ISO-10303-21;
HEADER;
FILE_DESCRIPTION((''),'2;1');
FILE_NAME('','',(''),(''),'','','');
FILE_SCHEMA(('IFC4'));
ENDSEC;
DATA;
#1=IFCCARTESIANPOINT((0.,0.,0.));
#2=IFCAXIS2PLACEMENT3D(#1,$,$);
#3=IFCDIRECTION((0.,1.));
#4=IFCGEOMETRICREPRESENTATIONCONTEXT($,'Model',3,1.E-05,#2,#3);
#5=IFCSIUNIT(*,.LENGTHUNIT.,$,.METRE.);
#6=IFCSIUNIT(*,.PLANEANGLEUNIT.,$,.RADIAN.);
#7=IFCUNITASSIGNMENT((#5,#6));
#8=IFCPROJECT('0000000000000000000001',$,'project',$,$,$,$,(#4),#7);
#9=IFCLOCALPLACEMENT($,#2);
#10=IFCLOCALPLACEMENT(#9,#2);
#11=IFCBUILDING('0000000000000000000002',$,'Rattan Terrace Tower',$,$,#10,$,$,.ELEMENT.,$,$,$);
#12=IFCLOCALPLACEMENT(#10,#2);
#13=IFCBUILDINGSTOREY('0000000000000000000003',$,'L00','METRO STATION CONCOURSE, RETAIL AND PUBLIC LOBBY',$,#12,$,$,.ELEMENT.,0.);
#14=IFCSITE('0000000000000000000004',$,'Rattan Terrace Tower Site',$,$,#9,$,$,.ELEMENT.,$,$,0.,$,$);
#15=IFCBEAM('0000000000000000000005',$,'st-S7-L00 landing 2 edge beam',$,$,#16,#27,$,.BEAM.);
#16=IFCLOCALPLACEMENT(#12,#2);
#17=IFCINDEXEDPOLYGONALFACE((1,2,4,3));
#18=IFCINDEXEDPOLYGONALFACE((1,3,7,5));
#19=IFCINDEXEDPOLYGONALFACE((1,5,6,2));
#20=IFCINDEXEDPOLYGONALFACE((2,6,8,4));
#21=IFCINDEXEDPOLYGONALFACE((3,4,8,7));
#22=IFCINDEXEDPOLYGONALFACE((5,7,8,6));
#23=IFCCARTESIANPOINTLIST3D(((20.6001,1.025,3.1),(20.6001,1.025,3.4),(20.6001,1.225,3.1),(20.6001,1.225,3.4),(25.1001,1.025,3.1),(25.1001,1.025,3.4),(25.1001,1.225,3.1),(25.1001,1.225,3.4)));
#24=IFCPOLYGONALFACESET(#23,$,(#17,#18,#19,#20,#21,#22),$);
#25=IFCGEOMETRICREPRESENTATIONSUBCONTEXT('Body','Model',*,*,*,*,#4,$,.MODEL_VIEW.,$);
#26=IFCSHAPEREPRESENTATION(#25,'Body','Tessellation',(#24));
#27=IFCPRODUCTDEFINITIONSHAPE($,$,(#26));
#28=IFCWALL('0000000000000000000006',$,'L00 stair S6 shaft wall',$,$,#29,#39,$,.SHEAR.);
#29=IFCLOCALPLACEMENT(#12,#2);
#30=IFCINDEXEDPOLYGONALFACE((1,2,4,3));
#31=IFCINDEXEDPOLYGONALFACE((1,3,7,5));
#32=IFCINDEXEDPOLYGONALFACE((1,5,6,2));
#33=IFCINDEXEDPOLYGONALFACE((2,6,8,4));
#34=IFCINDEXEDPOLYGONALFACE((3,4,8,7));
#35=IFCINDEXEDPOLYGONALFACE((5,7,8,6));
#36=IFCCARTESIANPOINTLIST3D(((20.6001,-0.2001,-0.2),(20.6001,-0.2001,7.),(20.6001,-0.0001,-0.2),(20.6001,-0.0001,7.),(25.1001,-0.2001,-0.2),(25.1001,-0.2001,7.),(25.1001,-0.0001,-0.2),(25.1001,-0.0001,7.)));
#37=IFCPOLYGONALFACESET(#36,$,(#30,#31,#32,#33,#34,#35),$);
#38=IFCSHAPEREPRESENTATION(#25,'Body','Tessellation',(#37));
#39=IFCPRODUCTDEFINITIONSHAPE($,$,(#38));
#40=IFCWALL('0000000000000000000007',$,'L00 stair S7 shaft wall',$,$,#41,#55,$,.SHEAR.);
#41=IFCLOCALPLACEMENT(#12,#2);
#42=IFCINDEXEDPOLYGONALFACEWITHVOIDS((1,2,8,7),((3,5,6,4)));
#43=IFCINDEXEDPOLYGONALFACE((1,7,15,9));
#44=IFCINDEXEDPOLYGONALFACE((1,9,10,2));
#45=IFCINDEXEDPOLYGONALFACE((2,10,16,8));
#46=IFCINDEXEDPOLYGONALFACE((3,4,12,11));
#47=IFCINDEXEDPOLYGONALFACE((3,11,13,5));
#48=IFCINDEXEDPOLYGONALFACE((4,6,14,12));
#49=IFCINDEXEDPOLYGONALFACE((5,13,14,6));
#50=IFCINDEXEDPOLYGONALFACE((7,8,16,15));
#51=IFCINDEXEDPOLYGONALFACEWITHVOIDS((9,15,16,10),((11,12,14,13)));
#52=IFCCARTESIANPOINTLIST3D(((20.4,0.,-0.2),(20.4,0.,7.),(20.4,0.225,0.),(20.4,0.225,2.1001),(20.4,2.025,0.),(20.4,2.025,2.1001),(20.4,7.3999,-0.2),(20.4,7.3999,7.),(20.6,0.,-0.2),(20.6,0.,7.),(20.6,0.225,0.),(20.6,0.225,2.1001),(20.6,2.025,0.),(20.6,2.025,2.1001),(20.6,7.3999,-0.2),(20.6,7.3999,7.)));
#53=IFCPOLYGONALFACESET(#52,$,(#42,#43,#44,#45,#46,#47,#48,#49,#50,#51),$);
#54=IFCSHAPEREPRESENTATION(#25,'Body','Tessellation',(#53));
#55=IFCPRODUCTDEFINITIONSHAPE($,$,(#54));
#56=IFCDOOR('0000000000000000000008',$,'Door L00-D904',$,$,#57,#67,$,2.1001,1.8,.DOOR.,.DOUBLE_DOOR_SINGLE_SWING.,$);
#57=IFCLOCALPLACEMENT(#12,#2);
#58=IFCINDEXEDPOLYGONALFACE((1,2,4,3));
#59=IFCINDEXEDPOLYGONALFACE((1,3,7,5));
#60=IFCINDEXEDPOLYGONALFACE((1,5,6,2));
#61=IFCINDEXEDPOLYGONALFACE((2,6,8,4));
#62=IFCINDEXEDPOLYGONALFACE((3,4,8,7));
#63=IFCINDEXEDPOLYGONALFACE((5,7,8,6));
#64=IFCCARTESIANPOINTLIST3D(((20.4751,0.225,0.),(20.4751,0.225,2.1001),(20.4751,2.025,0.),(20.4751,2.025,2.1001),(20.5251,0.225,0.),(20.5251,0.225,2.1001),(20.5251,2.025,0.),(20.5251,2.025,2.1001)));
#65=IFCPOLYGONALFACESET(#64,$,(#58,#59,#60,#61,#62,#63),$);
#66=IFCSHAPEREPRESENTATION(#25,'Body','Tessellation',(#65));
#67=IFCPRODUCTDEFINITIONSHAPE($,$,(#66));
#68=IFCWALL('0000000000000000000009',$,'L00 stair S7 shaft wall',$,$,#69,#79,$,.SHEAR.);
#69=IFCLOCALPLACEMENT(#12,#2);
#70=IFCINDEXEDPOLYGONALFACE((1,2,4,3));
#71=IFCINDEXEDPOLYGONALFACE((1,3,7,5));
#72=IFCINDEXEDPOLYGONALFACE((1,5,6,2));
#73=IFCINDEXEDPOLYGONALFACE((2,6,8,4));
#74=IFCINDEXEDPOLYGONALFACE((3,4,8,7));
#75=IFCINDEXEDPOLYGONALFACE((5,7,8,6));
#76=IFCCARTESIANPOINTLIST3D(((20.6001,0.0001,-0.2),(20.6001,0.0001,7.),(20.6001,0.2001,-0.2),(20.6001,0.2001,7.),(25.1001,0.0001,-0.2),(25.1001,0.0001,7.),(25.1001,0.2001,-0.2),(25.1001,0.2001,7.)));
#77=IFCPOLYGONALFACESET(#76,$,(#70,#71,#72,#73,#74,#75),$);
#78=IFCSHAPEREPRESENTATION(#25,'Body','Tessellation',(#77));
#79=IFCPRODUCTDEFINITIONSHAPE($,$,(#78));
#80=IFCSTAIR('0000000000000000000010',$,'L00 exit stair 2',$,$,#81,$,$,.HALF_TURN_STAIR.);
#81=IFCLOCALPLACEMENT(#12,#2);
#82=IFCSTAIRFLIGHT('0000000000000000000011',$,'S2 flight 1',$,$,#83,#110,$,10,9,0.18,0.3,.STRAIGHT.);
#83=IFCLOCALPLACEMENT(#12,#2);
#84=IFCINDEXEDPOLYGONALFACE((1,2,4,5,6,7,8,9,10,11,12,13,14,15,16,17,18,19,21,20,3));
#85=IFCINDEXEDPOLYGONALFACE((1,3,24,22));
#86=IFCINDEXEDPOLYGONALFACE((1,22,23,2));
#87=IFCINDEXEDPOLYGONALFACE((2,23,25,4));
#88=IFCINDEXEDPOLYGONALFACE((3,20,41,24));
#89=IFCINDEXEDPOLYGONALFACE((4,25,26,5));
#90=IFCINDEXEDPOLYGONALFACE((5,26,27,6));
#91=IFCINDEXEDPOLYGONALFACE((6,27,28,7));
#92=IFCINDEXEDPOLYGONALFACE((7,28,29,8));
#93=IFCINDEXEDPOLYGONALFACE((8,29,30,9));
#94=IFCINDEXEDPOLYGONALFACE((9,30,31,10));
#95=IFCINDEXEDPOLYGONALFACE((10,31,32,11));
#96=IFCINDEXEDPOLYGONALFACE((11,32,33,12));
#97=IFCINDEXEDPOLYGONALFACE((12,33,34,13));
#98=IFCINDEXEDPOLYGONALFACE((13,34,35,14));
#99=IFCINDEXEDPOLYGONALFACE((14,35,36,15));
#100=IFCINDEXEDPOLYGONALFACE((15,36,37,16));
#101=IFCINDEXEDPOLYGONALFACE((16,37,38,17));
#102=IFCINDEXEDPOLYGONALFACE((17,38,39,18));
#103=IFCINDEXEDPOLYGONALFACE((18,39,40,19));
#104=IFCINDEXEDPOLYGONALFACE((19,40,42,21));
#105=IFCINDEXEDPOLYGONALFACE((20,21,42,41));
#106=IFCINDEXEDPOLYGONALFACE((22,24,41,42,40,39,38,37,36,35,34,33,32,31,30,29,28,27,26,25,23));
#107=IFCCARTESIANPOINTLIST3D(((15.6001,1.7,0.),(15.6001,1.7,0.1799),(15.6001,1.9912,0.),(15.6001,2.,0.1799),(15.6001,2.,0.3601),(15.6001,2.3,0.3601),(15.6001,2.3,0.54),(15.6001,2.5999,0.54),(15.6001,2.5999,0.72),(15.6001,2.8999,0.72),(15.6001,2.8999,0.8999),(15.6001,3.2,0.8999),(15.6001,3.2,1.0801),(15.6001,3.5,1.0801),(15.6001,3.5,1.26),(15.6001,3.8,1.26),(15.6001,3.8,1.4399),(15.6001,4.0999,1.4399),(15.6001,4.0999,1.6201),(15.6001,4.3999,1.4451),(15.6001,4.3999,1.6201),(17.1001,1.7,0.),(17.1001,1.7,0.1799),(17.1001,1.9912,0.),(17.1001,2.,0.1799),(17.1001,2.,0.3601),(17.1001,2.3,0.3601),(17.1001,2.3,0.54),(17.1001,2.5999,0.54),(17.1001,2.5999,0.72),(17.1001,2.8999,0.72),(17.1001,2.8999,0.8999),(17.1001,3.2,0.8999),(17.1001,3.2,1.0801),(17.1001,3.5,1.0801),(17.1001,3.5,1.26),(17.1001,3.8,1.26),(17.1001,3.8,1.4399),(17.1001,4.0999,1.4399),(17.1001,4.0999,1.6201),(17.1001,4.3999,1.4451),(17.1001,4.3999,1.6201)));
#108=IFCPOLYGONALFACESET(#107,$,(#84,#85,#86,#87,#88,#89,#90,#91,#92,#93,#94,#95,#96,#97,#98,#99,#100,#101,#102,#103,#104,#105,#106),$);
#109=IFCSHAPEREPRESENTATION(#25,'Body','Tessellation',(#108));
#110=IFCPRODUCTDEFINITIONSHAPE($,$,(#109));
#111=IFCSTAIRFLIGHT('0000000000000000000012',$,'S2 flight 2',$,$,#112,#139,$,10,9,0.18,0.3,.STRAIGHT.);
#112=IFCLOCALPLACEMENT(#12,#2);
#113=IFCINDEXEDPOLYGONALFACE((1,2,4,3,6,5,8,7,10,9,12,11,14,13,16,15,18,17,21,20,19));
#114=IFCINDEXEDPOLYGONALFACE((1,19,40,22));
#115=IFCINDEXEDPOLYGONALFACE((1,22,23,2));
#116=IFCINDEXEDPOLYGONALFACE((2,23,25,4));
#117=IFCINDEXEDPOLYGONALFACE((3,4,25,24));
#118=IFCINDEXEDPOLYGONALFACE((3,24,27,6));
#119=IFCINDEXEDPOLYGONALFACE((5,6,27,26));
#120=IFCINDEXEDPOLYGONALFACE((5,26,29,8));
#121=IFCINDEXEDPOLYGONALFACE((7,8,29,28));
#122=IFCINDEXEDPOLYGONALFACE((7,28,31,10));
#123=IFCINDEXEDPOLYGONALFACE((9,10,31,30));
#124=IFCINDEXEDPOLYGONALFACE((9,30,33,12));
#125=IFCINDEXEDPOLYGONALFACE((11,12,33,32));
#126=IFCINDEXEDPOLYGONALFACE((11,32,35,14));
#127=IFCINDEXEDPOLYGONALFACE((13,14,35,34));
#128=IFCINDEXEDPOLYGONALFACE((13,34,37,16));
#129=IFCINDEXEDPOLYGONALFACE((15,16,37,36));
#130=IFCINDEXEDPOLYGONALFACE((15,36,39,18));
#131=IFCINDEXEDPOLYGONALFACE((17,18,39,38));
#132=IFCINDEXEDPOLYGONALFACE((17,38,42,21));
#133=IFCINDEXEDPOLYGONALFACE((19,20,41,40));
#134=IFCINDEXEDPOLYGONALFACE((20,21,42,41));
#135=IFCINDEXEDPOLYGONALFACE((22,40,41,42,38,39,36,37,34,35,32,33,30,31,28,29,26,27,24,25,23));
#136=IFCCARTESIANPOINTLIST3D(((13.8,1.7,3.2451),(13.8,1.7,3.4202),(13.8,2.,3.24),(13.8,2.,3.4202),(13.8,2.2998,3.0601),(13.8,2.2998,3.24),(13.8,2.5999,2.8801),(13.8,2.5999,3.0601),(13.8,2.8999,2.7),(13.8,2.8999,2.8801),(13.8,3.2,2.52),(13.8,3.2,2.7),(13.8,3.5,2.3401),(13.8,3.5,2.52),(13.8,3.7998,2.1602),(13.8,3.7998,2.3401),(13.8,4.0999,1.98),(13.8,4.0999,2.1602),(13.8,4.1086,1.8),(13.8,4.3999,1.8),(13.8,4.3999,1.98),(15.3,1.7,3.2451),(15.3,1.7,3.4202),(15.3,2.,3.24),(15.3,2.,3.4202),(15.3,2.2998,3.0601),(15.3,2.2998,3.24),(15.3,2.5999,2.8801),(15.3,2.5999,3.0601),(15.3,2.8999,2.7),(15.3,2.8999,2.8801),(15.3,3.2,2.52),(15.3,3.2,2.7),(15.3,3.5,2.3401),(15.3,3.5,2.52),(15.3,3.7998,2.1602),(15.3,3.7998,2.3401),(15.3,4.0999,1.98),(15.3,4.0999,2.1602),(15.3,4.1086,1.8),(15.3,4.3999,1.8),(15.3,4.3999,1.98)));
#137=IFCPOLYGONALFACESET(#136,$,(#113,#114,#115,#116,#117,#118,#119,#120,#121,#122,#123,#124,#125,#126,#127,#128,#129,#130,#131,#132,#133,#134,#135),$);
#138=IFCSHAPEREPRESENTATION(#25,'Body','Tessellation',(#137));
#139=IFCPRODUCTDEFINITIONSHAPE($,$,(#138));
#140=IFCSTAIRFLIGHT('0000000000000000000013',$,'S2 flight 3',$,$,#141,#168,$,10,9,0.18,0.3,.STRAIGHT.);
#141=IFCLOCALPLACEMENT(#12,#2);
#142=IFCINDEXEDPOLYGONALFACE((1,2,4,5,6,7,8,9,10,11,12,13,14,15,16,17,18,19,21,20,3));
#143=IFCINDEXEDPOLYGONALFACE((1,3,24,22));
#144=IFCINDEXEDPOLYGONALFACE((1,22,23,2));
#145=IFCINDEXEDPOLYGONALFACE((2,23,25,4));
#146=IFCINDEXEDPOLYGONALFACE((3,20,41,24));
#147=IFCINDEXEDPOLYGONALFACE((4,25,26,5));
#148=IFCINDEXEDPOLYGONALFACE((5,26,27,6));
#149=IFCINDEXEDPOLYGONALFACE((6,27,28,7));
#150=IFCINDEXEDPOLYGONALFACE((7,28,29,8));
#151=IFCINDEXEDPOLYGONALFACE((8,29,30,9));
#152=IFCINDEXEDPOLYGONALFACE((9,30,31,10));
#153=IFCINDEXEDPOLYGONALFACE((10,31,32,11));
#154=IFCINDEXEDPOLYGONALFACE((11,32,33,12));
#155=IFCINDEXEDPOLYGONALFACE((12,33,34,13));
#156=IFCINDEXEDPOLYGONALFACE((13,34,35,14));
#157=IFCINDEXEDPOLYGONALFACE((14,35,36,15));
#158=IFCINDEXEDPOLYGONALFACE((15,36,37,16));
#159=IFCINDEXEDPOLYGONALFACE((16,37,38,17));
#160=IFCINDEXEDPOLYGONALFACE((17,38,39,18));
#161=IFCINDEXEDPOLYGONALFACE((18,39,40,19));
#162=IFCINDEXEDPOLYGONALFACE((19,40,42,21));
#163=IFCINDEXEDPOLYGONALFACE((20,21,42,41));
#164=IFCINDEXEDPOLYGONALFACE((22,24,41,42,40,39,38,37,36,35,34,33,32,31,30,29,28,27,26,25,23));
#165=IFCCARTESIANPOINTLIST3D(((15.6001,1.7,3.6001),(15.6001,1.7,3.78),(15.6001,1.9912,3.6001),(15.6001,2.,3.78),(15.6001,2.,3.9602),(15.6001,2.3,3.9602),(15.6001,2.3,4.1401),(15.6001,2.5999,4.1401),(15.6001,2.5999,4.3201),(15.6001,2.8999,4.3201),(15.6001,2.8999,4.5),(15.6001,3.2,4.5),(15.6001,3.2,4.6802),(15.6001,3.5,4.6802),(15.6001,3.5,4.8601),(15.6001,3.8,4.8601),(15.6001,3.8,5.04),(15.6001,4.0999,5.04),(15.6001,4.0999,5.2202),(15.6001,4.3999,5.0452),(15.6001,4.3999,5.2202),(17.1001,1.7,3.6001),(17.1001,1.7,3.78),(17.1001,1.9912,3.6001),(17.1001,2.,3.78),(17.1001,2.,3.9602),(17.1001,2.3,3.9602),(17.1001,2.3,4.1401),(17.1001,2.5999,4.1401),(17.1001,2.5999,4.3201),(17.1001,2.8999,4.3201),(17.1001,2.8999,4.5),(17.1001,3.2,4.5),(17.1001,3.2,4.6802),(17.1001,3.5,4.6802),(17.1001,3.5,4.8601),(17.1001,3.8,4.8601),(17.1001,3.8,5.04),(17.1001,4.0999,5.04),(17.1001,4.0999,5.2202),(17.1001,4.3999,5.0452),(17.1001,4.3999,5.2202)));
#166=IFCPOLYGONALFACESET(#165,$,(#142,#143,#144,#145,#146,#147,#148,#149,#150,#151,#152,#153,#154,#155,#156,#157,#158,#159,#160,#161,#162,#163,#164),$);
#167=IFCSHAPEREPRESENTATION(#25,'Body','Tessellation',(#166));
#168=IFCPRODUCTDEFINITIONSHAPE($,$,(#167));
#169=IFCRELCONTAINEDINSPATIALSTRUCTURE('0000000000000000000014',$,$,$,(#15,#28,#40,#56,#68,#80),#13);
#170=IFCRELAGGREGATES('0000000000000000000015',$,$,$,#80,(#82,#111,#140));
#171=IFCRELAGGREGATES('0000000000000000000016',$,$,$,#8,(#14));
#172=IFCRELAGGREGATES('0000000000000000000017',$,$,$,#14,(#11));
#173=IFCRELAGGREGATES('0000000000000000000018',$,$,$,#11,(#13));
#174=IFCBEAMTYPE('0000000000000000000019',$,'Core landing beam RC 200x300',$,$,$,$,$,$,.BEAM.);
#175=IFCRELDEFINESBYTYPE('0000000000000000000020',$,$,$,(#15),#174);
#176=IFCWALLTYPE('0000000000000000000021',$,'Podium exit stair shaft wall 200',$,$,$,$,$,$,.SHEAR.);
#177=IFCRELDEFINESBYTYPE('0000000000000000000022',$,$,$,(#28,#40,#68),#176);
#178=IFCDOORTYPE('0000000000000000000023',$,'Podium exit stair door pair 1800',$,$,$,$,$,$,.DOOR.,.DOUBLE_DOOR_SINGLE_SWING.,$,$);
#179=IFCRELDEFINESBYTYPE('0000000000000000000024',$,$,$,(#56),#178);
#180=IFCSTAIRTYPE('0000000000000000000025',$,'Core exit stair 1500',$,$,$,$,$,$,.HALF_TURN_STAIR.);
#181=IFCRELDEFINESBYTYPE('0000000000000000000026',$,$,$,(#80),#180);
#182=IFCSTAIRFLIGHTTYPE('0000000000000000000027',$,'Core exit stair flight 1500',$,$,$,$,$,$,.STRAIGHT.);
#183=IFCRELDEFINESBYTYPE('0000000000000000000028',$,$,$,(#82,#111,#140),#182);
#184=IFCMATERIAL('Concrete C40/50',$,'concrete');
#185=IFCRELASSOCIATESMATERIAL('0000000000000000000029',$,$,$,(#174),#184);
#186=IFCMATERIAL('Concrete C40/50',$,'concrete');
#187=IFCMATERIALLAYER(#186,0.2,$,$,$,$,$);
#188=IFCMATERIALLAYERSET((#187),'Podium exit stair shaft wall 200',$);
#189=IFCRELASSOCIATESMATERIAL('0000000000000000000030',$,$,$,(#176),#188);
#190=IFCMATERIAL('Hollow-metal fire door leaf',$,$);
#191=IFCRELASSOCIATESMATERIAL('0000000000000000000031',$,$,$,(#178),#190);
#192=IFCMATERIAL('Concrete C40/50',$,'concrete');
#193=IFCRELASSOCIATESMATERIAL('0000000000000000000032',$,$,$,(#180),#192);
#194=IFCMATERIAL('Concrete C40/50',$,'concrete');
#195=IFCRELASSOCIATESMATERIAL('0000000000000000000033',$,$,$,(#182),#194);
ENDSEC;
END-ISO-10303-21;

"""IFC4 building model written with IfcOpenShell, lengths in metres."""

from ifc_helpers import new_model, si_unit, direction, frame, frame_2d, origin, origin_2d, place, context, subcontext, project, spatial, polyline, rectangle, outline, extrude, material, layer, layer_set, material_profile, profile_set, type_object, element, fill, aggregate, save


model = new_model("IFC4")

# Units and contexts
model_context = context("Model", 3, precision=1e-05, world=origin(), true_north=direction((0.0, 1.0)))
body_context = subcontext(model_context, "Body", "Model", "MODEL_VIEW")
ifc_project = project(units=[si_unit("LENGTHUNIT", "METRE"), si_unit("PLANEANGLEUNIT", "RADIAN")], contexts=[model_context])

# Site, building, storey
site_placement = place(None, origin())
site = spatial("IfcSite", under=ifc_project, at=site_placement, Name="Rattan Terrace Tower Site", CompositionType="ELEMENT", RefElevation=0.0)
building_placement = place(site_placement, origin())
building = spatial("IfcBuilding", under=site, at=building_placement, Name="Rattan Terrace Tower", CompositionType="ELEMENT")
storey_placement = place(building_placement, origin())
storey = spatial("IfcBuildingStorey", under=building, at=storey_placement, Name="L00", Description="METRO STATION CONCOURSE, RETAIL AND PUBLIC LOBBY", CompositionType="ELEMENT", Elevation=0.0)

# Beam
ifc_material_1 = material(Name="Concrete C40/50", Category="concrete")
ifc_material_profile = material_profile(ifc_material_1, rectangle(XDim=0.2, YDim=0.3, at=origin_2d()), Name="RC 200x300")
ifc_profile_set = profile_set([ifc_material_profile], Name="Concrete C40/50")
beam_type = type_object("IfcBeamType", Name="Core landing beam RC 200x300", PredefinedType="BEAM", material=ifc_profile_set)
beam_placement = place(storey_placement, frame((20.6001, 1.125, 3.25), z_axis=(1.0, 0.0, 0.0), x_axis=(0.0, 1.0, 0.0)))
element("IfcBeam", 1, at=beam_placement, inside=storey, type_object=beam_type, Name="st-S7-L00 landing 2 edge beam", PredefinedType="BEAM", context=body_context, shape_type="SweptSolid", body=[
    extrude(rectangle(XDim=0.2, YDim=0.3, at=origin_2d()), origin(), (0.0, 0.0, 1.0), 4.5),
])

# Wall
ifc_material_2 = material(Name="Concrete C40/50", Category="concrete")
ifc_layer = layer(ifc_material_2, 0.2)
ifc_layer_set = layer_set([ifc_layer], Name="Podium exit stair shaft wall 200")
wall_type = type_object("IfcWallType", Name="Podium exit stair shaft wall 200", PredefinedType="SHEAR", material=ifc_layer_set)
wall_1_placement = place(storey_placement, frame((20.6001, -0.1001, -0.2), z_axis=(0.0, 0.0, 1.0), x_axis=(1.0, 0.0, 0.0)))
element("IfcWall", 2, at=wall_1_placement, inside=storey, type_object=wall_type, Name="L00 stair S6 shaft wall", PredefinedType="SHEAR", context=body_context, shape_type="SweptSolid", body=[
    extrude(rectangle(XDim=4.5, YDim=0.2, at=frame_2d((2.25, 0.0))), origin(), (0.0, 0.0, 1.0), 7.2),
])

# Wall, opening, door
wall_2_placement = place(storey_placement, frame((20.5, 0.0, -0.2), z_axis=(0.0, 0.0, 1.0), x_axis=(0.0, 1.0, 0.0)))
wall_2 = element("IfcWall", 3, at=wall_2_placement, inside=storey, type_object=wall_type, Name="L00 stair S7 shaft wall", PredefinedType="SHEAR", context=body_context, shape_type="SweptSolid", body=[
    extrude(rectangle(XDim=7.3999, YDim=0.2, at=frame_2d((3.7, 0.0))), origin(), (0.0, 0.0, 1.0), 7.2),
])
opening_placement = place(wall_2_placement, frame((0.2251, 0.0, 0.2)))
opening = element("IfcOpeningElement", 4, at=opening_placement, cuts=wall_2, PredefinedType="OPENING", context=body_context, shape_type="SweptSolid", body=[
    extrude(rectangle(XDim=1.8, YDim=2.1001, at=frame_2d((0.8999, 1.05))), frame((0.0, 0.1106, 0.0), z_axis=(0.0, -1.0, 0.0), x_axis=(1.0, 0.0, 0.0)), (0.0, 0.0, 1.0), 0.2209),
])
ifc_material_3 = material(Name="Hollow-metal fire door leaf")
door_type = type_object("IfcDoorType", Name="Podium exit stair door pair 1800", OperationType="DOUBLE_DOOR_SINGLE_SWING", PredefinedType="DOOR", material=ifc_material_3)
door_placement = place(opening_placement, origin())
door = element("IfcDoor", 5, at=door_placement, inside=storey, type_object=door_type, Name="Door L00-D904", OperationType="DOUBLE_DOOR_SINGLE_SWING", OverallHeight=2.1001, OverallWidth=1.8, PredefinedType="DOOR", context=body_context, shape_type="SweptSolid", body=[
    extrude(rectangle(XDim=1.8, YDim=2.1001, at=frame_2d((0.8999, 1.05))), frame((0.0, 0.0249, 0.0), z_axis=(0.0, -1.0, 0.0), x_axis=(1.0, 0.0, 0.0)), (0.0, 0.0, 1.0), 0.05),
])
fill(opening, door)

# Wall
wall_3_placement = place(storey_placement, frame((20.6001, 0.1001, -0.2), z_axis=(0.0, 0.0, 1.0), x_axis=(1.0, 0.0, 0.0)))
element("IfcWall", 6, at=wall_3_placement, inside=storey, type_object=wall_type, Name="L00 stair S7 shaft wall", PredefinedType="SHEAR", context=body_context, shape_type="SweptSolid", body=[
    extrude(rectangle(XDim=4.5, YDim=0.2, at=frame_2d((2.25, 0.0))), origin(), (0.0, 0.0, 1.0), 7.2),
])

# Stair, stair flights
ifc_material_4 = material(Name="Concrete C40/50", Category="concrete")
stair_type_1 = type_object("IfcStairType", Name="Core exit stair 1500", PredefinedType="HALF_TURN_STAIR", material=ifc_material_4)
stair_1_placement = place(storey_placement, origin())
stair_1 = element("IfcStair", 7, at=stair_1_placement, inside=storey, type_object=stair_type_1, Name="L00 exit stair 2", PredefinedType="HALF_TURN_STAIR")
ifc_material_5 = material(Name="Concrete C40/50", Category="concrete")
stair_flight_type_1 = type_object("IfcStairFlightType", Name="Core exit stair flight 1500", PredefinedType="STRAIGHT", material=ifc_material_5)
stair_flight_1_placement = place(storey_placement, frame((16.3501, 1.7, 0.0), z_axis=(0.0, 0.0, 1.0), x_axis=(0.0, 1.0, 0.0)))
stair_flight_1 = element("IfcStairFlight", 8, at=stair_flight_1_placement, type_object=stair_flight_type_1, Name="S2 flight 1", NumberOfRisers=10, NumberOfTreads=9, PredefinedType="STRAIGHT", RiserHeight=0.18, TreadLength=0.3, context=body_context, shape_type="SweptSolid", body=[
    extrude(outline(polyline([(0.0, 0.0), (0.0, 0.1799), (0.3, 0.1799), (0.3, 0.3601), (0.6001, 0.3601), (0.6001, 0.54), (0.8999, 0.54), (0.8999, 0.72), (1.2, 0.72), (1.2, 0.8999), (1.5, 0.8999), (1.5, 1.0801), (1.8, 1.0801), (1.8, 1.26), (2.1001, 1.26), (2.1001, 1.4399), (2.3999, 1.4399), (2.3999, 1.6201), (2.7, 1.6201), (2.7, 1.8), (2.7, 1.4451), (0.2913, 0.0), (0.0, 0.0)])), frame((0.0, 0.75, 0.0), z_axis=(0.0, -1.0, 0.0), x_axis=(1.0, 0.0, 0.0)), (0.0, 0.0, 1.0), 1.5),
])
stair_flight_2_placement = place(storey_placement, frame((14.55, 4.3999, 1.8), z_axis=(0.0, 0.0, 1.0), x_axis=(0.0, -1.0, 0.0)))
stair_flight_2 = element("IfcStairFlight", 9, at=stair_flight_2_placement, type_object=stair_flight_type_1, Name="S2 flight 2", NumberOfRisers=10, NumberOfTreads=9, PredefinedType="STRAIGHT", RiserHeight=0.18, TreadLength=0.3, context=body_context, shape_type="SweptSolid", body=[
    extrude(outline(polyline([(0.0, 0.0), (0.0, 0.1799), (0.3, 0.1799), (0.3, 0.3601), (0.6001, 0.3601), (0.6001, 0.54), (0.8999, 0.54), (0.8999, 0.72), (1.2, 0.72), (1.2, 0.8999), (1.5, 0.8999), (1.5, 1.0801), (1.8, 1.0801), (1.8, 1.26), (2.1001, 1.26), (2.1001, 1.4399), (2.3999, 1.4399), (2.3999, 1.6201), (2.7, 1.6201), (2.7, 1.8), (2.7, 1.4451), (0.2913, 0.0), (0.0, 0.0)])), frame((0.0, 0.75, 0.0), z_axis=(0.0, -1.0, 0.0), x_axis=(1.0, 0.0, 0.0)), (0.0, 0.0, 1.0), 1.5),
])
stair_flight_3_placement = place(storey_placement, frame((16.3501, 1.7, 3.6001), z_axis=(0.0, 0.0, 1.0), x_axis=(0.0, 1.0, 0.0)))
stair_flight_3 = element("IfcStairFlight", 10, at=stair_flight_3_placement, type_object=stair_flight_type_1, Name="S2 flight 3", NumberOfRisers=10, NumberOfTreads=9, PredefinedType="STRAIGHT", RiserHeight=0.18, TreadLength=0.3, context=body_context, shape_type="SweptSolid", body=[
    extrude(outline(polyline([(0.0, 0.0), (0.0, 0.1799), (0.3, 0.1799), (0.3, 0.3601), (0.6001, 0.3601), (0.6001, 0.54), (0.8999, 0.54), (0.8999, 0.72), (1.2, 0.72), (1.2, 0.8999), (1.5, 0.8999), (1.5, 1.0801), (1.8, 1.0801), (1.8, 1.26), (2.1001, 1.26), (2.1001, 1.4399), (2.3999, 1.4399), (2.3999, 1.6201), (2.7, 1.6201), (2.7, 1.8), (2.7, 1.4451), (0.2913, 0.0), (0.0, 0.0)])), frame((0.0, 0.75, 0.0), z_axis=(0.0, -1.0, 0.0), x_axis=(1.0, 0.0, 0.0)), (0.0, 0.0, 1.0), 1.5),
])
aggregate(stair_1, [stair_flight_1, stair_flight_2, stair_flight_3])

save(model, "model.ifc")
